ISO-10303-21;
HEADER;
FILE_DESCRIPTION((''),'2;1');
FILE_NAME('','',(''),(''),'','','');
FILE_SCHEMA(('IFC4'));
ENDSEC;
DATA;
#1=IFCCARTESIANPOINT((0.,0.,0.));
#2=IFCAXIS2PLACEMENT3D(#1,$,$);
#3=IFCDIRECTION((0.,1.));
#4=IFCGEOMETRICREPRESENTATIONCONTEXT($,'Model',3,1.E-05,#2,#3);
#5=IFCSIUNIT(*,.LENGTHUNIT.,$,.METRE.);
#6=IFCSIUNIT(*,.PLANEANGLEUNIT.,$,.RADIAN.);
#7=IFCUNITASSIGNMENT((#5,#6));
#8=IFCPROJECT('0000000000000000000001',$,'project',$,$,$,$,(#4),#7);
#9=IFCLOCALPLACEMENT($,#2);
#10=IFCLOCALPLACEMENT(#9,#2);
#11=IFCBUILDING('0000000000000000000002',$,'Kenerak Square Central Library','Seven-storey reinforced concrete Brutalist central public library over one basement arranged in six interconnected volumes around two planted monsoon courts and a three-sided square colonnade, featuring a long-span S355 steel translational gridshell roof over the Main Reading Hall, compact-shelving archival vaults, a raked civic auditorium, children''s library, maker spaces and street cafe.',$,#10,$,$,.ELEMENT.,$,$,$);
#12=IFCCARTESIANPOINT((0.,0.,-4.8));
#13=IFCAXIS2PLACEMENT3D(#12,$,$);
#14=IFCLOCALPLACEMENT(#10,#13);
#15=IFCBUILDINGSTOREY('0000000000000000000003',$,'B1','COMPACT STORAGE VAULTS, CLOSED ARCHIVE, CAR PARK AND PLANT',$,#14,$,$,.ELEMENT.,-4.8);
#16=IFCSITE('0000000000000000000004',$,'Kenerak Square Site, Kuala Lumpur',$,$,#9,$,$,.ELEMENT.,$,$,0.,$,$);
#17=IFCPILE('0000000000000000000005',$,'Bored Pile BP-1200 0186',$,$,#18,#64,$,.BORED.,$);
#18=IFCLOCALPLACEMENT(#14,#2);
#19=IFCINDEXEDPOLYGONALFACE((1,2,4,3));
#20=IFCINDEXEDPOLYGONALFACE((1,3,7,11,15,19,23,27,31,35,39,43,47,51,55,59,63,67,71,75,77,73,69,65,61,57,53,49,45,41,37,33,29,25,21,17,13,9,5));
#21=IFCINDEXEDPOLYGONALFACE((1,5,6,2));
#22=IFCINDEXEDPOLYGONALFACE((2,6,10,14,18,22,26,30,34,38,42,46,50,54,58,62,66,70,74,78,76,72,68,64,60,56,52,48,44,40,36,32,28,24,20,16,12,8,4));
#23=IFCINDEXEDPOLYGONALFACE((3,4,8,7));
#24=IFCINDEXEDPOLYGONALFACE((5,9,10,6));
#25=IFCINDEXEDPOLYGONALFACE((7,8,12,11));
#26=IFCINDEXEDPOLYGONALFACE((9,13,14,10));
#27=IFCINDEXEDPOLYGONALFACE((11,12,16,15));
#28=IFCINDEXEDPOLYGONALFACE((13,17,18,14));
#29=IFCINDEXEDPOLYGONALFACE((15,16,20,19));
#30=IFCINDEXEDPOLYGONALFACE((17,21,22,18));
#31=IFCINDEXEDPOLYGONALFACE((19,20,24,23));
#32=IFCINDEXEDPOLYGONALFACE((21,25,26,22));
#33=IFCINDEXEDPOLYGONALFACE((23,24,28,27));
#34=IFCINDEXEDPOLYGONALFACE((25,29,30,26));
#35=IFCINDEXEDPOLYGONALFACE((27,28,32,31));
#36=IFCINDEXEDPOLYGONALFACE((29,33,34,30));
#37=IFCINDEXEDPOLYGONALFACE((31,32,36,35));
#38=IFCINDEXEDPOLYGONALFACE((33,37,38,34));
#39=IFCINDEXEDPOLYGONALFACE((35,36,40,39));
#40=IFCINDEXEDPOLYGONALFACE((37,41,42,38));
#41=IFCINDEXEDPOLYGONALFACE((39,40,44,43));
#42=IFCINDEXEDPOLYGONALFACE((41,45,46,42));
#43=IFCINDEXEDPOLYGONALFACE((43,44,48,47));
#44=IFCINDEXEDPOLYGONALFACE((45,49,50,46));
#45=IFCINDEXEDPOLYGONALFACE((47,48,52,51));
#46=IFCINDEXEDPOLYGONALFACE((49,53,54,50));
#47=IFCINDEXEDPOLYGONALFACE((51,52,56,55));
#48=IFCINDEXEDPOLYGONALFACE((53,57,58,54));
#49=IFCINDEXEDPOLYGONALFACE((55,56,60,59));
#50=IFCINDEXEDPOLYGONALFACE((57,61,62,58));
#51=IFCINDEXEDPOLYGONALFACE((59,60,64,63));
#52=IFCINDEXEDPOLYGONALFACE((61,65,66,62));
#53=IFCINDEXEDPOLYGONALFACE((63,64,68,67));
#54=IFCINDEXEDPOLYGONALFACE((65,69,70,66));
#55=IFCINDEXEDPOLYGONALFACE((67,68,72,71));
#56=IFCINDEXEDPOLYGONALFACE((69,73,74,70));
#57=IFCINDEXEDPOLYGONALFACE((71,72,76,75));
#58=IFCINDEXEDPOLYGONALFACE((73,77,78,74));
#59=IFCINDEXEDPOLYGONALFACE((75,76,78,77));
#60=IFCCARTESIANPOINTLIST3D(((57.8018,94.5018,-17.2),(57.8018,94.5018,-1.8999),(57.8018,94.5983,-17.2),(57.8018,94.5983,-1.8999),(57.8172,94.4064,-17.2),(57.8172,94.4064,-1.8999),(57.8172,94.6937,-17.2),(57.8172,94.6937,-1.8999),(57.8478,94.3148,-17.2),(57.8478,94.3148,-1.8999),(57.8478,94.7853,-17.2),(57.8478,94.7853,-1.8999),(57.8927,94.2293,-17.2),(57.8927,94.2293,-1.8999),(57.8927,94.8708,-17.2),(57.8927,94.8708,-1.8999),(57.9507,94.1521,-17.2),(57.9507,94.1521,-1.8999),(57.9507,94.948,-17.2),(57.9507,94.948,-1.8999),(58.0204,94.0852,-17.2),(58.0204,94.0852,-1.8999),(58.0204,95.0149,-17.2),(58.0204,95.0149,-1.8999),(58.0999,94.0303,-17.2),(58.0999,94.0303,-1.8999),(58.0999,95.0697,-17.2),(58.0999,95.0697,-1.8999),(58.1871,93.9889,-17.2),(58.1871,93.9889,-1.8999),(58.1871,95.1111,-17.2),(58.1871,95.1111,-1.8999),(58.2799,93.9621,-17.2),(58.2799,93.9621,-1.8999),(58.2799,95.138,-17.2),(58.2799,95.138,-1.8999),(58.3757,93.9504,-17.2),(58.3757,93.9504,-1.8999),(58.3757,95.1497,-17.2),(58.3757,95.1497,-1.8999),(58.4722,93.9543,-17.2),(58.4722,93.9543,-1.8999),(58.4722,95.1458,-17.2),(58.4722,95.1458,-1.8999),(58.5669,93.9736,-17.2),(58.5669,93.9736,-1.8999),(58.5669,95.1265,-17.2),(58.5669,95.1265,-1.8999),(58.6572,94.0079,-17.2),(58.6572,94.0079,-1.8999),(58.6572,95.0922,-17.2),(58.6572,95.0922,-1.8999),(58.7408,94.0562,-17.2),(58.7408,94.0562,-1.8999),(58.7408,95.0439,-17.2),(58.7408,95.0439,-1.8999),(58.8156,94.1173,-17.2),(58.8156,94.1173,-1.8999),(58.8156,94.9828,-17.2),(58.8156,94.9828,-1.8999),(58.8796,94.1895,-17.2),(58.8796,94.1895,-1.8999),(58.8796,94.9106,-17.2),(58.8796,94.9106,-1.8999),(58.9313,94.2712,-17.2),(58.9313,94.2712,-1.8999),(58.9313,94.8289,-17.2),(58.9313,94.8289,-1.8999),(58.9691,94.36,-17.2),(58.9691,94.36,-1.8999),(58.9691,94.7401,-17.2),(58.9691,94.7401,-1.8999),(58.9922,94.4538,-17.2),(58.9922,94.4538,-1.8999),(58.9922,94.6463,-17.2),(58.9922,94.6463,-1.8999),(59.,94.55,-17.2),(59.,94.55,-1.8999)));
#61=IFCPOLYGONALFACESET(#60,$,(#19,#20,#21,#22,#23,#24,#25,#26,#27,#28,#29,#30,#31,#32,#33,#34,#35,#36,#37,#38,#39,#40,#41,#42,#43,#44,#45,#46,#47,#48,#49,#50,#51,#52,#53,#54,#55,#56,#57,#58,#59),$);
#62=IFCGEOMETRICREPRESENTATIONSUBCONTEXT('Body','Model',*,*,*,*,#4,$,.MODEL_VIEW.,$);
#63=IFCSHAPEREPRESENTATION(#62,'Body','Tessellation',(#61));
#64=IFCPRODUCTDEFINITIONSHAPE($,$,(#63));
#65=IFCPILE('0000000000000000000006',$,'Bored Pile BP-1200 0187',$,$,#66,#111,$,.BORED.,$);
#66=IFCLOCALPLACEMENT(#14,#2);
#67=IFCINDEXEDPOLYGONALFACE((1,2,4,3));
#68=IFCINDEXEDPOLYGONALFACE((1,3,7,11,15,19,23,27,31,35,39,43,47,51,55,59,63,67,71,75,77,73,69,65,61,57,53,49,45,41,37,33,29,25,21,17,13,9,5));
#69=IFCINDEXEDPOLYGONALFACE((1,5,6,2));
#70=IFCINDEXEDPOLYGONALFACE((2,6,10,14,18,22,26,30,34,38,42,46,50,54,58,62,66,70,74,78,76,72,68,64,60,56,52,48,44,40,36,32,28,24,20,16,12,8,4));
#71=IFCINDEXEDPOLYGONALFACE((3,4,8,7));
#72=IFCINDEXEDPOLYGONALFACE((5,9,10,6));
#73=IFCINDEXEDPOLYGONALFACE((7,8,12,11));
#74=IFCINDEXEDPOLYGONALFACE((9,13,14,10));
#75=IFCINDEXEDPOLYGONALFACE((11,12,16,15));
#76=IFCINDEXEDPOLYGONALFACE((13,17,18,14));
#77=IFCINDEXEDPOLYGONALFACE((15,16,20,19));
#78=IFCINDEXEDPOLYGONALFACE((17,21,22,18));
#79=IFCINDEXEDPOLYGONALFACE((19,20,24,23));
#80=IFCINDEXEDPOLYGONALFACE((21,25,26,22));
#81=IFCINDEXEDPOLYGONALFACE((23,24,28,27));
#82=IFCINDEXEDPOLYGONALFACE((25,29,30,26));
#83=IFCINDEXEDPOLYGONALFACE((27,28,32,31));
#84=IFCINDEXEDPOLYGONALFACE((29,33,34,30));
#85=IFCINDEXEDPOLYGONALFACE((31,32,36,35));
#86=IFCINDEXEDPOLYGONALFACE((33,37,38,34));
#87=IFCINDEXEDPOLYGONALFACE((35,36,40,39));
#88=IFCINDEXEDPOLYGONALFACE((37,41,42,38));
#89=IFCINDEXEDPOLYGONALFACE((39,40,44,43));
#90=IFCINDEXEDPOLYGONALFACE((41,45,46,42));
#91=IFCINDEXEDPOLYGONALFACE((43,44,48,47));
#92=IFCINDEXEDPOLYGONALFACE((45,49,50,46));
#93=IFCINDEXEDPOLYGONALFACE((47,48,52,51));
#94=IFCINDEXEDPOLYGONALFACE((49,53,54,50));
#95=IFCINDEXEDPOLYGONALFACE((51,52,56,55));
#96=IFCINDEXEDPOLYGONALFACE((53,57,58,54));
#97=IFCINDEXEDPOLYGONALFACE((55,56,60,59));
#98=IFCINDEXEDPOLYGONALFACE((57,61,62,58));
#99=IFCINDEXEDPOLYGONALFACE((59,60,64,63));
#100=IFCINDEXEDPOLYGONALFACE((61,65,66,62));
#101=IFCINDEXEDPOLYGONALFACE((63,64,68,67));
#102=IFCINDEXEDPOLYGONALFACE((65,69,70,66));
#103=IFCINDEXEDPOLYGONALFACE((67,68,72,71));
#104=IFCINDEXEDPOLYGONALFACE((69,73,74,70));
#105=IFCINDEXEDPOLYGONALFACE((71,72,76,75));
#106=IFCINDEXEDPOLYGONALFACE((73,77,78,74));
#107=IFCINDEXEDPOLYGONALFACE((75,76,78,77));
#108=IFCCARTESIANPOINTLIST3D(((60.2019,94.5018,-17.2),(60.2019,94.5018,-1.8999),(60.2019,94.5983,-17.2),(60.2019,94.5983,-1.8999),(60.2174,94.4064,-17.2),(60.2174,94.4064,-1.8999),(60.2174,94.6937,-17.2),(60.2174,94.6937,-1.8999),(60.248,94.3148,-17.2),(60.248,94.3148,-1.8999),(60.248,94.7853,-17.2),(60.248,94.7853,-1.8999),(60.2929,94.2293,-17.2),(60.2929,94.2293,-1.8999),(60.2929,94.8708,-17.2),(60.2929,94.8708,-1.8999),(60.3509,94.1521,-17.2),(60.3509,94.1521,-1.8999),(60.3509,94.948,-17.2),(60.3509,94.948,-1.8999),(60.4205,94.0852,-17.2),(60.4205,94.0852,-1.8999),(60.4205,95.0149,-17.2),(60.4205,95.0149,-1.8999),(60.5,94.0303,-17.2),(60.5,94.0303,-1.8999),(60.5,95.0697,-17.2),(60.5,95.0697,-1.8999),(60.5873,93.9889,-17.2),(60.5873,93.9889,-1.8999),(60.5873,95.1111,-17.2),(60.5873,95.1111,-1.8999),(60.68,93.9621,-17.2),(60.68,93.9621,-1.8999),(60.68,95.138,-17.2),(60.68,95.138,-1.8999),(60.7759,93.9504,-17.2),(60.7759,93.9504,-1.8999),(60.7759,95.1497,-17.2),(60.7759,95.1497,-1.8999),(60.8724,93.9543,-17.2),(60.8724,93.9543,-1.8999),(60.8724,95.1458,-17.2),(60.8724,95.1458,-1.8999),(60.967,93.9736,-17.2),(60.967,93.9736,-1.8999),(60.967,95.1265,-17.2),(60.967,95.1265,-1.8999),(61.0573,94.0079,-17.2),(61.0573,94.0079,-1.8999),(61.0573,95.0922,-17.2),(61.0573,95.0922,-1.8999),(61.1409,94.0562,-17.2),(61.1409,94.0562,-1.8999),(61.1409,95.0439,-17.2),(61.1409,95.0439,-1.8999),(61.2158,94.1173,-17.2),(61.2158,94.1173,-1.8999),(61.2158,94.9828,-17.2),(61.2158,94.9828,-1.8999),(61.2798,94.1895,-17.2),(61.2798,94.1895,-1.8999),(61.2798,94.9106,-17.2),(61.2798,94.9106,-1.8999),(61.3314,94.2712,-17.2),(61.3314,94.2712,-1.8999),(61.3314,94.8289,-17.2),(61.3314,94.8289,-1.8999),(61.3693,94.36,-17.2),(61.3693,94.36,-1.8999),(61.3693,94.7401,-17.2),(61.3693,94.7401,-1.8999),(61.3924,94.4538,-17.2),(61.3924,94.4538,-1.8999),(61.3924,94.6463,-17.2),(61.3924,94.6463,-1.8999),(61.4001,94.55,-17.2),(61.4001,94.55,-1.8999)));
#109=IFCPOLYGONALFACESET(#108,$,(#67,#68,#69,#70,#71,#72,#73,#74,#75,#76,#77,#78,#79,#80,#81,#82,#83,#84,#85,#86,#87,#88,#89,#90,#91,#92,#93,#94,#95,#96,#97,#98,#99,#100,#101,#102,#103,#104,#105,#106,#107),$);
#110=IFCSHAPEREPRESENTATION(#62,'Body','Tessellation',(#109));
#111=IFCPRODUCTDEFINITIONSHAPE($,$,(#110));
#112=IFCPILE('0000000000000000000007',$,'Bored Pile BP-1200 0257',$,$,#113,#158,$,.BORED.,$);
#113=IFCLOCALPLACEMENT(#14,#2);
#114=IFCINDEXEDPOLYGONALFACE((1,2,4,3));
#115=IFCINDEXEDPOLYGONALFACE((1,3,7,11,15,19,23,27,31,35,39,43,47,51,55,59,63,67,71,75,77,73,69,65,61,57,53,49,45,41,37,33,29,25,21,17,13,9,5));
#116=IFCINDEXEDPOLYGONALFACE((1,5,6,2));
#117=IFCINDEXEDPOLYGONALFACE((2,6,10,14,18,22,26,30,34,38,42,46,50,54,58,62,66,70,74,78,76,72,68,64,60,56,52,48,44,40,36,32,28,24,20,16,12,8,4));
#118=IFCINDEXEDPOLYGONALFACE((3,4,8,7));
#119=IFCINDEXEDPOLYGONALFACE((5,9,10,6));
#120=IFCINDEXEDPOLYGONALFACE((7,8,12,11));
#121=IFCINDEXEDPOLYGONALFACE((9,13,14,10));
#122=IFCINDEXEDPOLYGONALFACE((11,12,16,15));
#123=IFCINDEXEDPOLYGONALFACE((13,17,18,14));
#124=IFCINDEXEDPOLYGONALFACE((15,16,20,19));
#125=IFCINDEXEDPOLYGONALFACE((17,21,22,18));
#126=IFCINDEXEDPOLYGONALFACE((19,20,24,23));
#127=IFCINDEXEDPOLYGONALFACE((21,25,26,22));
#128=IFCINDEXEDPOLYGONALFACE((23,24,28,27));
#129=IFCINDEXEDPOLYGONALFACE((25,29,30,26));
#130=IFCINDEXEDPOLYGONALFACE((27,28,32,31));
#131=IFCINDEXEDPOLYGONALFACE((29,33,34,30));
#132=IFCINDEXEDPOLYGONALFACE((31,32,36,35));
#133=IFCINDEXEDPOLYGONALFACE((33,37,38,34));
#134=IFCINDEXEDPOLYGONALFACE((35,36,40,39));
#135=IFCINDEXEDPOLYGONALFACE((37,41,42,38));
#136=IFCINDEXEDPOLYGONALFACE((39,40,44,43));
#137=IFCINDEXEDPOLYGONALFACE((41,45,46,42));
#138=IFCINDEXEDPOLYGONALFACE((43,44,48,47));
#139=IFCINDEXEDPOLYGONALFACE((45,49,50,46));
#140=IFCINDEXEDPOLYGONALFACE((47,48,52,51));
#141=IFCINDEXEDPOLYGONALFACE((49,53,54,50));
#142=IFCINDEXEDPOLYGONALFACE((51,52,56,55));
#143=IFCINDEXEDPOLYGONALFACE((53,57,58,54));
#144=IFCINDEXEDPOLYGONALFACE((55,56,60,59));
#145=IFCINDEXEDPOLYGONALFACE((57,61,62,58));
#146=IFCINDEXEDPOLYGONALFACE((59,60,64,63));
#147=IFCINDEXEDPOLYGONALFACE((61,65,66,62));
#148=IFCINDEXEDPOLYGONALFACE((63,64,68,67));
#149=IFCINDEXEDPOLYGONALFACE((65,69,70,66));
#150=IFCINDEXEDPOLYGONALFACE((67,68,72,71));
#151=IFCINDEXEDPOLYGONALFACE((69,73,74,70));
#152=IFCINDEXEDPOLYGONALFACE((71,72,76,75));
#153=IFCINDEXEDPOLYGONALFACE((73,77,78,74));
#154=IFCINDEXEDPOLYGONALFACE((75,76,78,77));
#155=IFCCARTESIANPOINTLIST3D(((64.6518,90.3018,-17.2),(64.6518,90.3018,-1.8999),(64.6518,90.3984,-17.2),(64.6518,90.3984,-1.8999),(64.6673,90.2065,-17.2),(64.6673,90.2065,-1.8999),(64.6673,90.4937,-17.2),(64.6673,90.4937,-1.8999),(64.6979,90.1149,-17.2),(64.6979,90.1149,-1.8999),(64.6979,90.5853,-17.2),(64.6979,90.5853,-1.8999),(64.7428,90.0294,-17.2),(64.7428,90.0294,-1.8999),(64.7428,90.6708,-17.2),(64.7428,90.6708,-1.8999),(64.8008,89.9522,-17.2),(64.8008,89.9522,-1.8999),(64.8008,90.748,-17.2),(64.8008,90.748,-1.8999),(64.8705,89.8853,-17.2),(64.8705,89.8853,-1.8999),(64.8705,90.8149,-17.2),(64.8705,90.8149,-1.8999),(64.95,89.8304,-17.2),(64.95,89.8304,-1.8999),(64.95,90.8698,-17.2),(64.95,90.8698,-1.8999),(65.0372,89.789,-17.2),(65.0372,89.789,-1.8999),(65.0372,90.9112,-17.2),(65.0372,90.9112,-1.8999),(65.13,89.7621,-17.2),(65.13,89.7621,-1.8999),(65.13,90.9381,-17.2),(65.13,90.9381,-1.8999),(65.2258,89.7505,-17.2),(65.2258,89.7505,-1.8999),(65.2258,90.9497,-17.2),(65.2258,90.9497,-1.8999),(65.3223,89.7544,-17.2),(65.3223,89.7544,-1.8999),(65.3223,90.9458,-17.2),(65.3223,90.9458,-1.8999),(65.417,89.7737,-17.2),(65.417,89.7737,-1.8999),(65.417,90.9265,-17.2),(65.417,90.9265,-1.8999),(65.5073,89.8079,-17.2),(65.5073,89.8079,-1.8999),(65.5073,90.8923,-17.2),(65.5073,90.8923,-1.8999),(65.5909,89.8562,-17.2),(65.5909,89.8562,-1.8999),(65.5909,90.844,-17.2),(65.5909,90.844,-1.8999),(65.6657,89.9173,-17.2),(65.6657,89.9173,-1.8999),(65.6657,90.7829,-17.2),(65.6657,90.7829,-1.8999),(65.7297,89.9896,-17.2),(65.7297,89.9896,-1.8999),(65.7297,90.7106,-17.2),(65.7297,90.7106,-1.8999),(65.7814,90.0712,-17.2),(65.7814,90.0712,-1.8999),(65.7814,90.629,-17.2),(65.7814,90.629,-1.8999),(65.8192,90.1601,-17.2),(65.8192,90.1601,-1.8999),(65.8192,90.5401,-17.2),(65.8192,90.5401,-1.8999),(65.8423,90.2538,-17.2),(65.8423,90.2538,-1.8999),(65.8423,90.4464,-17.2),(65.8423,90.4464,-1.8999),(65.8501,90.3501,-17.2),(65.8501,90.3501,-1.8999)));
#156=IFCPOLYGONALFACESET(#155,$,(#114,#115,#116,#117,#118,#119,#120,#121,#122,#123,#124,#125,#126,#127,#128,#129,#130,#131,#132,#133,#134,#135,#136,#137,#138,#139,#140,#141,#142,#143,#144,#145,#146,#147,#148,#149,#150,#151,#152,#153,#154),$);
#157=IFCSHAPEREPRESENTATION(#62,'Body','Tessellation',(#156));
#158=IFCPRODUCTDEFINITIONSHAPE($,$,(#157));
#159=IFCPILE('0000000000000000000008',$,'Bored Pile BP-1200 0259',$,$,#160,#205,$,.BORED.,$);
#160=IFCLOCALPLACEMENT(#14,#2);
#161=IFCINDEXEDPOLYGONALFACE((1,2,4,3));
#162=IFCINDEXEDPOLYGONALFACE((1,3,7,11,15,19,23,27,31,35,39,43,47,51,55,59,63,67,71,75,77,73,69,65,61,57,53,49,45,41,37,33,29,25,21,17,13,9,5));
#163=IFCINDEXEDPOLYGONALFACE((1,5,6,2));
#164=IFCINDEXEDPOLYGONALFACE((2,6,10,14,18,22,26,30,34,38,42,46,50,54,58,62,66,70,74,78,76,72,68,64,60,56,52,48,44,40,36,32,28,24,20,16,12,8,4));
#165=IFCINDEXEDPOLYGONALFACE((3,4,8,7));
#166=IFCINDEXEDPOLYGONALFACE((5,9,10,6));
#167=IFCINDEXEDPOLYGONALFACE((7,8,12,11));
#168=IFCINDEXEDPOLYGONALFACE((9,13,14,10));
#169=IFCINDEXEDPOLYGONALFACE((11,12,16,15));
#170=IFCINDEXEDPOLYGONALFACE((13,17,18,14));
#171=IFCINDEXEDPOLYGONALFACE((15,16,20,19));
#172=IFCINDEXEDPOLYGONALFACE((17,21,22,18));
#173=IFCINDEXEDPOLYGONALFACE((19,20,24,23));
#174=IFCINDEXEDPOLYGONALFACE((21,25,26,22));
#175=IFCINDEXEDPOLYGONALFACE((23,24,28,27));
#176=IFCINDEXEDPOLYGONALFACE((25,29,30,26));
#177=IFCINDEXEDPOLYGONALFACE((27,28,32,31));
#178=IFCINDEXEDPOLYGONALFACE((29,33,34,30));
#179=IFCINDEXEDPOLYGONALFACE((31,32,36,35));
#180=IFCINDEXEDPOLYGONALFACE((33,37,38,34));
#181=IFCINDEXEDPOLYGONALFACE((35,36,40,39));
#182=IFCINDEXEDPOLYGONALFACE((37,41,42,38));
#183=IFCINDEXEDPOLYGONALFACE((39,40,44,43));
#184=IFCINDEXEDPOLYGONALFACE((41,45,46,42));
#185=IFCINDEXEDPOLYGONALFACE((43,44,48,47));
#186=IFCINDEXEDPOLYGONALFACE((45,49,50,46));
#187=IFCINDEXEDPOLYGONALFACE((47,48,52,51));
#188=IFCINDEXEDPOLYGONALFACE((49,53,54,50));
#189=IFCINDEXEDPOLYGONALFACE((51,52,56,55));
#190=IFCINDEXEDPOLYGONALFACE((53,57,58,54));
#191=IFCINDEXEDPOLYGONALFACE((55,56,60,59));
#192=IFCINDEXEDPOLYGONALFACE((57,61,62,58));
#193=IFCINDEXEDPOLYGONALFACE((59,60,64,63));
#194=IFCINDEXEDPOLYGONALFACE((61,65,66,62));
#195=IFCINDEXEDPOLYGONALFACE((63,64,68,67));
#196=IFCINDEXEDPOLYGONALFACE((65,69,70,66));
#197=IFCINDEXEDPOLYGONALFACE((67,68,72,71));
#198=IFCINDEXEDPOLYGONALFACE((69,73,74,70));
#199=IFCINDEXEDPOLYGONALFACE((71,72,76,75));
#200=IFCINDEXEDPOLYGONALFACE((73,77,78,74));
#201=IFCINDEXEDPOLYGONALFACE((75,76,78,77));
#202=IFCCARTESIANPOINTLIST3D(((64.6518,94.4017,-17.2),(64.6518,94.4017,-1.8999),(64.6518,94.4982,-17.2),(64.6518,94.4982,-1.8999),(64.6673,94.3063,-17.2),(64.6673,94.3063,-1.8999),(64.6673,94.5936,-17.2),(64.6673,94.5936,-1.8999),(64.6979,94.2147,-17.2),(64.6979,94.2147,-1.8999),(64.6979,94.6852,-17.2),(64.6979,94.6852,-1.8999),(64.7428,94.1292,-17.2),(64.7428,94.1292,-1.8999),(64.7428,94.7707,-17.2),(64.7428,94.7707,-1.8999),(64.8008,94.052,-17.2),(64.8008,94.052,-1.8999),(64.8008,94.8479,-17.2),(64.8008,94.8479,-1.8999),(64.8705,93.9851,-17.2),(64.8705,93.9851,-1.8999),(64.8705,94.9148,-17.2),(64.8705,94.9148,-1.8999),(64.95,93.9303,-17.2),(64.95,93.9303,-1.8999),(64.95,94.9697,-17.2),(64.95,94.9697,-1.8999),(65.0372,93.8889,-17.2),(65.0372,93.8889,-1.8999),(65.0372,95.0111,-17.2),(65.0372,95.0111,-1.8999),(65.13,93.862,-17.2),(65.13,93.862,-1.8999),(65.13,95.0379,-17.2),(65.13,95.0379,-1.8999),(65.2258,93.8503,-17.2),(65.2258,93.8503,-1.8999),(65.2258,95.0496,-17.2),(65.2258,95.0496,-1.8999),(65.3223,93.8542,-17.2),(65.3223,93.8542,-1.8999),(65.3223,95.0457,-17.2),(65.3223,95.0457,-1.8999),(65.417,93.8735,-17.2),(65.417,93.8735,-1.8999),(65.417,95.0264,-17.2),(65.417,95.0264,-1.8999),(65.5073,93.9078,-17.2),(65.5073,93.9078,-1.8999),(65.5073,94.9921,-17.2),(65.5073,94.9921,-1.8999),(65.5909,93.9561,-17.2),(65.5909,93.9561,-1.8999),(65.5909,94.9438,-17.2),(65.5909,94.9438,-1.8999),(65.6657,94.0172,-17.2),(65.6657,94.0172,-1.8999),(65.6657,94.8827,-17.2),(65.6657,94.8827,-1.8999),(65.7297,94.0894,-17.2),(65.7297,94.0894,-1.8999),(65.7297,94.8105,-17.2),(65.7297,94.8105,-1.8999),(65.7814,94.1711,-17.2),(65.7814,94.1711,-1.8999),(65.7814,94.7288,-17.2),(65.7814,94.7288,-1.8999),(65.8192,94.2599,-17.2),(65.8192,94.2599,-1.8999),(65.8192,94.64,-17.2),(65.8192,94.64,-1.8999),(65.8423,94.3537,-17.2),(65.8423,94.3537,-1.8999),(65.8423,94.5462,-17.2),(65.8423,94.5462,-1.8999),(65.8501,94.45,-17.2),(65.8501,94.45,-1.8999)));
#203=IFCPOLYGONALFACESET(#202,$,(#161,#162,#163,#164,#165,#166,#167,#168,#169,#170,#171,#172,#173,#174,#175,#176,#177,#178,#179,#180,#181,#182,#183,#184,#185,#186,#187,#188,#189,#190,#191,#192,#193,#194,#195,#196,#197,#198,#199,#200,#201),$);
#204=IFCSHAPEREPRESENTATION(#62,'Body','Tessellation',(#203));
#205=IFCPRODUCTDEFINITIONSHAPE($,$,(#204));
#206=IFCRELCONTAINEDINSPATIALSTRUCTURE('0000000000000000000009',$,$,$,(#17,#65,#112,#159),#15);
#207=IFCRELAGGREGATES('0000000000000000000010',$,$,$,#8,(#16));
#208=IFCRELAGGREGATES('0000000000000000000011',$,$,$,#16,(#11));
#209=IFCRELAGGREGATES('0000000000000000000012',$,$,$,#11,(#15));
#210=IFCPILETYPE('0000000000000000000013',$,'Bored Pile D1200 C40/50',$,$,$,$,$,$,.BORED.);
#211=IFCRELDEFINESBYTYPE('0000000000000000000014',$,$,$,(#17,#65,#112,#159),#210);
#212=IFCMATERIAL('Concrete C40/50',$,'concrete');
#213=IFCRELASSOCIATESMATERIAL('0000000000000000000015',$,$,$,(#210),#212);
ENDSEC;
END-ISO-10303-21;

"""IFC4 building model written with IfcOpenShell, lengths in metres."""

from ifc_helpers import new_model, si_unit, direction, frame, origin, origin_2d, place, context, subcontext, project, spatial, circle, extrude, material, material_profile, profile_set, type_object, element, save


model = new_model("IFC4")

# Units and contexts
model_context = context("Model", 3, precision=1e-05, world=origin(), true_north=direction((0.0, 1.0)))
body_context = subcontext(model_context, "Body", "Model", "MODEL_VIEW")
ifc_project = project(units=[si_unit("LENGTHUNIT", "METRE"), si_unit("PLANEANGLEUNIT", "RADIAN")], contexts=[model_context])

# Site, building, storey
site_placement = place(None, origin())
site = spatial("IfcSite", under=ifc_project, at=site_placement, Name="Kenerak Square Site, Kuala Lumpur", CompositionType="ELEMENT", RefElevation=0.0)
building_placement = place(site_placement, origin())
building = spatial("IfcBuilding", under=site, at=building_placement, Name="Kenerak Square Central Library", Description="Seven-storey reinforced concrete Brutalist central public library over one basement arranged in six interconnected volumes around two planted monsoon courts and a three-sided square colonnade, featuring a long-span S355 steel translational gridshell roof over the Main Reading Hall, compact-shelving archival vaults, a raked civic auditorium, children's library, maker spaces and street cafe.", CompositionType="ELEMENT")
storey_placement = place(building_placement, frame((0.0, 0.0, -4.8)))
storey = spatial("IfcBuildingStorey", under=building, at=storey_placement, Name="B1", Description="COMPACT STORAGE VAULTS, CLOSED ARCHIVE, CAR PARK AND PLANT", CompositionType="ELEMENT", Elevation=-4.8)

# Piles
ifc_material_1 = material(Name="Concrete C40/50", Category="concrete")
ifc_material_profile_1 = material_profile(ifc_material_1, circle(Radius=0.6001, at=origin_2d()), Name="BP D1200")
ifc_profile_set_1 = profile_set([ifc_material_profile_1], Name="Concrete C40/50")
pile_type = type_object("IfcPileType", Name="Bored Pile D1200 C40/50", PredefinedType="BORED", material=ifc_profile_set_1)
for number, where, z_axis, x_axis, name in (
    (1, (58.3999, 94.55, -1.8999), (0.0, 0.0, -1.0), (1.0, 0.0, 0.0), "Bored Pile BP-1200 0186"),
    (2, (60.8, 94.55, -1.8999), (0.0, 0.0, -1.0), (1.0, 0.0, 0.0), "Bored Pile BP-1200 0187"),
    (3, (65.25, 90.3501, -1.8999), (0.0, 0.0, -1.0), (1.0, 0.0, 0.0), "Bored Pile BP-1200 0257"),
    (4, (65.25, 94.45, -1.8999), (0.0, 0.0, -1.0), (1.0, 0.0, 0.0), "Bored Pile BP-1200 0259"),
):
    element("IfcPile", number, at=place(storey_placement, frame(where, z_axis=z_axis, x_axis=x_axis)), inside=storey, type_object=pile_type, Name=name, PredefinedType="BORED", context=body_context, shape_type="SweptSolid", body=[
        extrude(circle(Radius=0.6001, at=origin_2d()), origin(), (0.0, 0.0, 1.0), 15.3),
    ])

save(model, "model.ifc")
